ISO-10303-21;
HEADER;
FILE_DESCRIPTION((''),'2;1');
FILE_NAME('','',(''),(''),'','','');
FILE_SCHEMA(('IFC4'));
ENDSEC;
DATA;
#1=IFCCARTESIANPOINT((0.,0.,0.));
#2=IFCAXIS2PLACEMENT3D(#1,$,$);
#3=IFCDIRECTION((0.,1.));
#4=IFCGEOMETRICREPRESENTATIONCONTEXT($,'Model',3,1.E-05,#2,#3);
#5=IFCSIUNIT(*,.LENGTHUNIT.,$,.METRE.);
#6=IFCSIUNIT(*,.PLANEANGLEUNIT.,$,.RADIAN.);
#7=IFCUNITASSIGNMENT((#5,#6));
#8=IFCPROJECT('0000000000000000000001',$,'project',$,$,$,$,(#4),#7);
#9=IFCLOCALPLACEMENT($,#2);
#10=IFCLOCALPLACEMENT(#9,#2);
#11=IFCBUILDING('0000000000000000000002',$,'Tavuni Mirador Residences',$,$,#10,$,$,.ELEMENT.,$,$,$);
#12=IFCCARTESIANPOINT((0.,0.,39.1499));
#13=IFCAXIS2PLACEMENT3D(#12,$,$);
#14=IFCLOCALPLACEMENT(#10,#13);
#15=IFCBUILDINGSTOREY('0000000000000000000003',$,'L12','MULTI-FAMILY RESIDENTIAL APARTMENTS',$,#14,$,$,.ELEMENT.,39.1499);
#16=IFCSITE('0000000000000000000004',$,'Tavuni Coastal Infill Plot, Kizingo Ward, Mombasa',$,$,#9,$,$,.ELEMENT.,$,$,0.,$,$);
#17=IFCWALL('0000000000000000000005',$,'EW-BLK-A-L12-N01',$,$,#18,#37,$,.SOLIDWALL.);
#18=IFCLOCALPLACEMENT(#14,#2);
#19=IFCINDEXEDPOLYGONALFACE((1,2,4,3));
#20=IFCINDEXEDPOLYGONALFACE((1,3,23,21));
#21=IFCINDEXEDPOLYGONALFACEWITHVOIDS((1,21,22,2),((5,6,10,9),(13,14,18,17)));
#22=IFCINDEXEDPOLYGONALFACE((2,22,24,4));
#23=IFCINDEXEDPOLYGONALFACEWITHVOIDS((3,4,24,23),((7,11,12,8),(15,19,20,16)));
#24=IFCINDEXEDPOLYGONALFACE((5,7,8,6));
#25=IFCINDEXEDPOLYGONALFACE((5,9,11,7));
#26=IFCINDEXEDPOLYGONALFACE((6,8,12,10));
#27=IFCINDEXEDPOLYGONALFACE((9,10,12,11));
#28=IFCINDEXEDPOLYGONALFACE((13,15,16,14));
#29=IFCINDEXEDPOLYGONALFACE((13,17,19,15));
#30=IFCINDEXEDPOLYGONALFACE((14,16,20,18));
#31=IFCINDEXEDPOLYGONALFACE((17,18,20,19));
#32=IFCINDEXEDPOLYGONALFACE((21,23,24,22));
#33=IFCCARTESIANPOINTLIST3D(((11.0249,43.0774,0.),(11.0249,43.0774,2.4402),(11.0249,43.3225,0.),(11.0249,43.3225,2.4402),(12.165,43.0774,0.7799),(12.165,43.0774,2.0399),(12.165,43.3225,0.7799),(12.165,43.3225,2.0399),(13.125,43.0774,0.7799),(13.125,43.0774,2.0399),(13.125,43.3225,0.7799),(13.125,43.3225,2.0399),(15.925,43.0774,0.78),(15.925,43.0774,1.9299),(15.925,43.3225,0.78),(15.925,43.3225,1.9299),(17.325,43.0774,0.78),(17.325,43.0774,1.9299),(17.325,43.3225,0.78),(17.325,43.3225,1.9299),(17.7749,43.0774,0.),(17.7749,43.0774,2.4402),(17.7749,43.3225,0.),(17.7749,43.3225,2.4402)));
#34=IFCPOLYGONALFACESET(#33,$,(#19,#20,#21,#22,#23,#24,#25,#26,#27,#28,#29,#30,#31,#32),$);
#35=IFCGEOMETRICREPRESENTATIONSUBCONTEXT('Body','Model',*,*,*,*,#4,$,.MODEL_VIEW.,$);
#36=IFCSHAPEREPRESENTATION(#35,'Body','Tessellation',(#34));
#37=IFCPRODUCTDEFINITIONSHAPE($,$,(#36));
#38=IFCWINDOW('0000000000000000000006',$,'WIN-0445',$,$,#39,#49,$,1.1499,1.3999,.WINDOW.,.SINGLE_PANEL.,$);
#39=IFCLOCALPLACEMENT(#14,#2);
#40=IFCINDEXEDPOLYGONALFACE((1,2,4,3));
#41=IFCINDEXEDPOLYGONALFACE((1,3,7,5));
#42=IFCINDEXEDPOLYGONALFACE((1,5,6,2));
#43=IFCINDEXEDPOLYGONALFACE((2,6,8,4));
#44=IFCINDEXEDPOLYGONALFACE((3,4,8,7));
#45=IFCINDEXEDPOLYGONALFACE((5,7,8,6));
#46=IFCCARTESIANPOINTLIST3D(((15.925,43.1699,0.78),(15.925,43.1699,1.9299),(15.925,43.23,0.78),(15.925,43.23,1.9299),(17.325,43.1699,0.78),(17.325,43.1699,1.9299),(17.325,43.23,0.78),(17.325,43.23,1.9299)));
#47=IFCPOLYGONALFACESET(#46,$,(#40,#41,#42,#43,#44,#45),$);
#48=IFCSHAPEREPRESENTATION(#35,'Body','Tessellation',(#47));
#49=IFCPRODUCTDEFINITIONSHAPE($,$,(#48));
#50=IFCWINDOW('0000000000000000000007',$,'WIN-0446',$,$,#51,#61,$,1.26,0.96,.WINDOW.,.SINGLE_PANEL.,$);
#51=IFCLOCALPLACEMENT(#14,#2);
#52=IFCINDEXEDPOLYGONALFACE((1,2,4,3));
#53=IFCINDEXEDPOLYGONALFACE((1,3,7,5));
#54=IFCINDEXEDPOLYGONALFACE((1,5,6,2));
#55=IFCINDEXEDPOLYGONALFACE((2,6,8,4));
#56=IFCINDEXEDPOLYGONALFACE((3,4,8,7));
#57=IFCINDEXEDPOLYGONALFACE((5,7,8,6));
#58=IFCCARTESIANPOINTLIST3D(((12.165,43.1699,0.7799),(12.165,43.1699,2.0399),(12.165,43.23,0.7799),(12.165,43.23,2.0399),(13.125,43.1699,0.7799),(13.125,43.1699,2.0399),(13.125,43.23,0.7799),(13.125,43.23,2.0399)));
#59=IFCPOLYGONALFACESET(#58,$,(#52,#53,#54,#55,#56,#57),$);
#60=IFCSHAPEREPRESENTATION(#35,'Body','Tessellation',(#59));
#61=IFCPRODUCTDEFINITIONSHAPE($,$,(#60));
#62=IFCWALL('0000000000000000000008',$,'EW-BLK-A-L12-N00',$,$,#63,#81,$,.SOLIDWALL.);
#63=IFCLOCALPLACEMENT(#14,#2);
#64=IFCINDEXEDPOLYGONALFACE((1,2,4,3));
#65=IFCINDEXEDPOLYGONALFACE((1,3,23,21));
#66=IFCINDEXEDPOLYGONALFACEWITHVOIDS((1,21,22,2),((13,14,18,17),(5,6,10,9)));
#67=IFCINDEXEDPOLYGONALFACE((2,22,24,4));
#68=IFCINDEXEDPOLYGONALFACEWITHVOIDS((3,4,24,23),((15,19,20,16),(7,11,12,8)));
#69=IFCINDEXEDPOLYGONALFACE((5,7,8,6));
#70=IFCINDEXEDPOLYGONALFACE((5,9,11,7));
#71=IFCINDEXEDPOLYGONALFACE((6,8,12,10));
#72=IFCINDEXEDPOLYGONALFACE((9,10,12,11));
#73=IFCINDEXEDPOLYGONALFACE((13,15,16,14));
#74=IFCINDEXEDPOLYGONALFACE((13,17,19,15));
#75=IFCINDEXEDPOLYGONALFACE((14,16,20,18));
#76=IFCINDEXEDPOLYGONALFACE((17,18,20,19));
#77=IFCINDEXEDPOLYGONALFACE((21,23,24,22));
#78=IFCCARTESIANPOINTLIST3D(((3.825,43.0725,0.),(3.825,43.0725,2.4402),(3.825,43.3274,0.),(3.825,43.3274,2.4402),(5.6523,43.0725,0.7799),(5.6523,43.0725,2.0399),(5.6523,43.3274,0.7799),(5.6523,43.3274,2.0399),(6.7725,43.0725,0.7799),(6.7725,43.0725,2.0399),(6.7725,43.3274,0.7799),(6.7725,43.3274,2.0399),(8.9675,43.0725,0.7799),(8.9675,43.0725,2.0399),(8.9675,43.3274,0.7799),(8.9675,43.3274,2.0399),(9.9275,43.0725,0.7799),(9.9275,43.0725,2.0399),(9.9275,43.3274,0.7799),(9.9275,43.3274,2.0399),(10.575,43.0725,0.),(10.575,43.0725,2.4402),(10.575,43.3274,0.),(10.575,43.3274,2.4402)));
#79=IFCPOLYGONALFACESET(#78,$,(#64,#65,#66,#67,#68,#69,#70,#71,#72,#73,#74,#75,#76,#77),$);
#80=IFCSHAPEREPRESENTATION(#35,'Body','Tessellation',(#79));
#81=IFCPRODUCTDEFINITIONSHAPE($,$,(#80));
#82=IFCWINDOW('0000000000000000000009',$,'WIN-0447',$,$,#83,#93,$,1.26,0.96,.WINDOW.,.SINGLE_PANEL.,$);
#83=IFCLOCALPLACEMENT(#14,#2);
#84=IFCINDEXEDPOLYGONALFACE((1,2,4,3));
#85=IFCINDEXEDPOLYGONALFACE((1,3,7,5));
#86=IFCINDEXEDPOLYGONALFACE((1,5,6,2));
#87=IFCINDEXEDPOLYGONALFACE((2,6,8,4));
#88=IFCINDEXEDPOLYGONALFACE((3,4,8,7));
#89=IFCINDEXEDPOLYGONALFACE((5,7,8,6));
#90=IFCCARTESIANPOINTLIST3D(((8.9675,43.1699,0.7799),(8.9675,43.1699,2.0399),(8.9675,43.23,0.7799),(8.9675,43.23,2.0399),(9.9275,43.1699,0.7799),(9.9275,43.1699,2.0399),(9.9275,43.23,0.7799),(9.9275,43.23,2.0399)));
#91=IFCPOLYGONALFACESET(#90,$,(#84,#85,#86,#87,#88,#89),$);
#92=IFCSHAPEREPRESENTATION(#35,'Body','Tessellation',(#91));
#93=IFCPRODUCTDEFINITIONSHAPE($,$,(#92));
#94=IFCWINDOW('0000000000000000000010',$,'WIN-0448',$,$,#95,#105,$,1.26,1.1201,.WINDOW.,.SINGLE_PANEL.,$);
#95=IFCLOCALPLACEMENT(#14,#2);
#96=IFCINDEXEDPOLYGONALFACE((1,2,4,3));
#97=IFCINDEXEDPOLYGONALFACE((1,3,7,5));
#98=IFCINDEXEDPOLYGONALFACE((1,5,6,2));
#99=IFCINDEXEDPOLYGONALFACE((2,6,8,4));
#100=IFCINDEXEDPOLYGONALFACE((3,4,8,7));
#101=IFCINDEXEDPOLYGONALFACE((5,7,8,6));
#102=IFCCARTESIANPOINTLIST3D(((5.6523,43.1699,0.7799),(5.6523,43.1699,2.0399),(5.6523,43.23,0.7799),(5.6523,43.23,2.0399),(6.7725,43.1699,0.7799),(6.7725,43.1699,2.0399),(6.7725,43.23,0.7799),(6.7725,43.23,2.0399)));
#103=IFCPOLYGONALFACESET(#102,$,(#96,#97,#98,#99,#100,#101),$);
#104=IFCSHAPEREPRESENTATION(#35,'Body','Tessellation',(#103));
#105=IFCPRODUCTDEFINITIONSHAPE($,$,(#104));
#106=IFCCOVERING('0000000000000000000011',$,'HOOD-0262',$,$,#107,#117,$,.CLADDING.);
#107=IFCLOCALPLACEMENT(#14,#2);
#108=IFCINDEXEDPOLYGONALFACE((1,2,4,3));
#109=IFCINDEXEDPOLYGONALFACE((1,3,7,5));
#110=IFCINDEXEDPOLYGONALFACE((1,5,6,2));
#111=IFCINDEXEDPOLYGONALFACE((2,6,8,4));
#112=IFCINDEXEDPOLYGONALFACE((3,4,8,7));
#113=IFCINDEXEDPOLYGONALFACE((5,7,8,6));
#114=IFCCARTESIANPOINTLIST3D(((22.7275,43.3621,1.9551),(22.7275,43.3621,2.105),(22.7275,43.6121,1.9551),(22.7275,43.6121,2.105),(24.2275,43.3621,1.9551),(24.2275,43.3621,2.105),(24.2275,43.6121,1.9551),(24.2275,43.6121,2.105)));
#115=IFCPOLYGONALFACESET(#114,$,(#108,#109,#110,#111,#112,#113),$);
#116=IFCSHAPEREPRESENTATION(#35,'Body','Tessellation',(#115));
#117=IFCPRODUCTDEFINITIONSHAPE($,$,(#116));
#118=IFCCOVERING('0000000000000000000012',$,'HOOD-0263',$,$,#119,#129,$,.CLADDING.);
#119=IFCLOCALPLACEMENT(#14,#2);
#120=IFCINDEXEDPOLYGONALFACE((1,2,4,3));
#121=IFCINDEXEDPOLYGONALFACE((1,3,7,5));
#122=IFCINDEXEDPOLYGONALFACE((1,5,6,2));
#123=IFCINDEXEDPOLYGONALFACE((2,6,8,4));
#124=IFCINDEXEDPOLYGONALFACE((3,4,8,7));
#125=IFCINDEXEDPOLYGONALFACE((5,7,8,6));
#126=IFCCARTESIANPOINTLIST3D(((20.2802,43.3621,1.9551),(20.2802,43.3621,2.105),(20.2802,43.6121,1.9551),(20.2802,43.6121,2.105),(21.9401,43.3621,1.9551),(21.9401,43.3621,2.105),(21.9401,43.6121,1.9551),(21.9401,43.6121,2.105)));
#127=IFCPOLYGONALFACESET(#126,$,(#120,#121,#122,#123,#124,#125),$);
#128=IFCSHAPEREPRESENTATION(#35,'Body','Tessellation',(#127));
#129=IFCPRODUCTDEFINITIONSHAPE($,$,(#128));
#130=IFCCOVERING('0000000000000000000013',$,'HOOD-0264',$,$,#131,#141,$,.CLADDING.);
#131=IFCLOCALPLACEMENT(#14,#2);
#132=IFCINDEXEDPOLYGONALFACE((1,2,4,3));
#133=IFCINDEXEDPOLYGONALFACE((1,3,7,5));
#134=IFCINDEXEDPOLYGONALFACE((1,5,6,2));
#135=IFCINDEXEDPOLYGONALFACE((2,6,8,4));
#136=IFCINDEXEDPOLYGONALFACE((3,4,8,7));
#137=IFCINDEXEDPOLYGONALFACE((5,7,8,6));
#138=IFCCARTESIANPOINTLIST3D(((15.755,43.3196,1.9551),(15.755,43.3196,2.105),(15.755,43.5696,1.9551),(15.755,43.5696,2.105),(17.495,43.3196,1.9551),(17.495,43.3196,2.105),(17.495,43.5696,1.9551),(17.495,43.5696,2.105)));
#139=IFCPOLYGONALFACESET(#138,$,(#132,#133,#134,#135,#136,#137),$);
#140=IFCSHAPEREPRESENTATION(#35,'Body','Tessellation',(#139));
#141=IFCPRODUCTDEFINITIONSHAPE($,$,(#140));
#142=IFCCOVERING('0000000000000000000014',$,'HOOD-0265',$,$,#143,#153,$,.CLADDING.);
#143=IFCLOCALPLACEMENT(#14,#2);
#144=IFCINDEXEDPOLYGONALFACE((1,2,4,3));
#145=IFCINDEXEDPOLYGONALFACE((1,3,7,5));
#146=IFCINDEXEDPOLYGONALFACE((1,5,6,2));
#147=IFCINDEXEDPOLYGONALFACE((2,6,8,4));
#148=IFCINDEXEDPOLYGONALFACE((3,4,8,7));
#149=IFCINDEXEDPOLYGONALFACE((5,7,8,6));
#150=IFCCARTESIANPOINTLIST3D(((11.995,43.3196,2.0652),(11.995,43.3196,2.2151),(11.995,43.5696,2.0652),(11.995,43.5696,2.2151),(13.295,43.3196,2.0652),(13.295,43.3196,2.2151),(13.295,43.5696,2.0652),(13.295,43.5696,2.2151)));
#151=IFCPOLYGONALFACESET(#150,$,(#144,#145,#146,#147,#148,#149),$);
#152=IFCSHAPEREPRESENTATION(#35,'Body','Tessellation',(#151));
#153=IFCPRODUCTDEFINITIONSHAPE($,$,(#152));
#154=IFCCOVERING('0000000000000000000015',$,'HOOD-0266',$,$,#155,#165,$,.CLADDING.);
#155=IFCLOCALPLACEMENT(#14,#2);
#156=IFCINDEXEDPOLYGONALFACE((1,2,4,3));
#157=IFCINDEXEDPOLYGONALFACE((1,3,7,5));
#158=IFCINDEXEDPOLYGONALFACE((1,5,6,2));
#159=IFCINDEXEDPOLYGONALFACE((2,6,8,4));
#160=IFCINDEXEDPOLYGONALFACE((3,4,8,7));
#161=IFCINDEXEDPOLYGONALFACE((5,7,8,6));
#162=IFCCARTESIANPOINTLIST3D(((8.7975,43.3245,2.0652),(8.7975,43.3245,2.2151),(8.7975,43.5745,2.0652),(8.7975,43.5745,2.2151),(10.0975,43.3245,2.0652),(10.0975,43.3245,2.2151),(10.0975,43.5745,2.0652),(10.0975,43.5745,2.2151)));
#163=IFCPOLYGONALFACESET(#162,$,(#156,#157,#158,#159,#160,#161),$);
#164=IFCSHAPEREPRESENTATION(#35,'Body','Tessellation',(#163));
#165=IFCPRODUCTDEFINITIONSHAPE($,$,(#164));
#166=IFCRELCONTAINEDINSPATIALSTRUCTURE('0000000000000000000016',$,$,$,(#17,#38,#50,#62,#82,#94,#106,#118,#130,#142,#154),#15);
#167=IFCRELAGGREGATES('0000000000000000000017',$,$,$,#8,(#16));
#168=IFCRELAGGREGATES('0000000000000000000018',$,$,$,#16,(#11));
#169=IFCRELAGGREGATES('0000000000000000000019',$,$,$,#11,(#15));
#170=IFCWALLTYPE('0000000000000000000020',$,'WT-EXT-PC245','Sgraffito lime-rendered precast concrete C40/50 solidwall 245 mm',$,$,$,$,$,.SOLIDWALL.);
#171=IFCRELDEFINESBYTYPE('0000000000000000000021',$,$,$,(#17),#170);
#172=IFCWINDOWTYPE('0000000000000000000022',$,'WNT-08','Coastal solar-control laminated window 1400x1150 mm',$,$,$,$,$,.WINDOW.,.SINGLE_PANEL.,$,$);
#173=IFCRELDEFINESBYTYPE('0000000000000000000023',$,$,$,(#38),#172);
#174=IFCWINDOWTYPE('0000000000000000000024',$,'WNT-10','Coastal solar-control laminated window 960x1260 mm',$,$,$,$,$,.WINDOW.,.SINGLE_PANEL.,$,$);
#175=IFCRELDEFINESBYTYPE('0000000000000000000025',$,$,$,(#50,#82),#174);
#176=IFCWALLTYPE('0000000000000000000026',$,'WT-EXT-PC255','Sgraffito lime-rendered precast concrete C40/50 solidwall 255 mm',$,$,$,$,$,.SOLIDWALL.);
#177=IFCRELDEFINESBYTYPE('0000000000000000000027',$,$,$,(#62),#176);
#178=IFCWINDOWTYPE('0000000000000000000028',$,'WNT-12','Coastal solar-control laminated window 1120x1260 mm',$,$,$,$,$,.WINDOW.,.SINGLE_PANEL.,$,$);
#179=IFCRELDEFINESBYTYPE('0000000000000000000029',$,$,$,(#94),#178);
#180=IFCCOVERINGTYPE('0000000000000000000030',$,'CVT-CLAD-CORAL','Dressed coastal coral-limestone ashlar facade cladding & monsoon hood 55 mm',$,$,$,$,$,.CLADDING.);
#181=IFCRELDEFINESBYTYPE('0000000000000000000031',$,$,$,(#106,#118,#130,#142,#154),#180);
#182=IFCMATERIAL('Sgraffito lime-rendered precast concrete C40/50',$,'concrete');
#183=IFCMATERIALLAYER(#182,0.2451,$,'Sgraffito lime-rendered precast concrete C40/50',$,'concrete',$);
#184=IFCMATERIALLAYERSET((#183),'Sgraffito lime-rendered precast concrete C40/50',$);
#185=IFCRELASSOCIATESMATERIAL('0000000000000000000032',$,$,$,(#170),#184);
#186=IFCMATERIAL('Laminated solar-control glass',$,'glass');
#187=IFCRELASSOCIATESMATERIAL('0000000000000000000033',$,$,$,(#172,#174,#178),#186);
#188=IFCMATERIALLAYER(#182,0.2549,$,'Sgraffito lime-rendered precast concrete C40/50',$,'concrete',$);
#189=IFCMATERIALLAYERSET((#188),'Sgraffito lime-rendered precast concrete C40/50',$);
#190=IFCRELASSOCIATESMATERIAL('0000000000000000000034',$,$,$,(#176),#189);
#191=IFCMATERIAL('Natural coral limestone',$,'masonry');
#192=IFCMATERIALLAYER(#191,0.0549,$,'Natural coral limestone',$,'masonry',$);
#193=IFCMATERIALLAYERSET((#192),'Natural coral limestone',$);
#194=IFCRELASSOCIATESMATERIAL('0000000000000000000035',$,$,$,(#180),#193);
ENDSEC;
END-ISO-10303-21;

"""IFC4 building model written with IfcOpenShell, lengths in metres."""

from ifc_helpers import new_model, si_unit, direction, frame, frame_2d, origin, origin_2d, place, context, subcontext, project, spatial, rectangle, extrude, material, layer, layer_set, type_object, element, fill, save


model = new_model("IFC4")

# Units and contexts
model_context = context("Model", 3, precision=1e-05, world=origin(), true_north=direction((0.0, 1.0)))
body_context = subcontext(model_context, "Body", "Model", "MODEL_VIEW")
ifc_project = project(units=[si_unit("LENGTHUNIT", "METRE"), si_unit("PLANEANGLEUNIT", "RADIAN")], contexts=[model_context])

# Site, building, storey
site_placement = place(None, origin())
site = spatial("IfcSite", under=ifc_project, at=site_placement, Name="Tavuni Coastal Infill Plot, Kizingo Ward, Mombasa", CompositionType="ELEMENT", RefElevation=0.0)
building_placement = place(site_placement, origin())
building = spatial("IfcBuilding", under=site, at=building_placement, Name="Tavuni Mirador Residences", CompositionType="ELEMENT")
storey_placement = place(building_placement, frame((0.0, 0.0, 39.1499)))
storey = spatial("IfcBuildingStorey", under=building, at=storey_placement, Name="L12", Description="MULTI-FAMILY RESIDENTIAL APARTMENTS", CompositionType="ELEMENT", Elevation=39.1499)

# Walls, openings, windows
ifc_material_1 = material(Name="Laminated solar-control glass", Category="glass")
ifc_material_2 = material(Name="Sgraffito lime-rendered precast concrete C40/50", Category="concrete")
ifc_layer_1 = layer(ifc_material_2, 0.2451, Name="Sgraffito lime-rendered precast concrete C40/50", Category="concrete")
ifc_layer_set_1 = layer_set([ifc_layer_1], Name="Sgraffito lime-rendered precast concrete C40/50")
wall_type_1 = type_object("IfcWallType", Name="WT-EXT-PC245", Description="Sgraffito lime-rendered precast concrete C40/50 solidwall 245 mm", PredefinedType="SOLIDWALL", material=ifc_layer_set_1)
wall_1_placement = place(storey_placement, frame((17.7749, 43.2, 0.0), z_axis=(0.0, 0.0, 1.0), x_axis=(-1.0, 0.0, 0.0)))
wall_1 = element("IfcWall", 1, at=wall_1_placement, inside=storey, type_object=wall_type_1, Name="EW-BLK-A-L12-N01", PredefinedType="SOLIDWALL", context=body_context, shape_type="SweptSolid", body=[
    extrude(rectangle(XDim=6.75, YDim=0.2451, at=frame_2d((3.375, 0.0))), origin(), (0.0, 0.0, 1.0), 2.4402),
])
opening_1_placement = place(wall_1_placement, frame((0.45, 0.0, 0.78)))
opening_1 = element("IfcOpeningElement", 2, at=opening_1_placement, cuts=wall_1, PredefinedType="OPENING", context=body_context, shape_type="SweptSolid", body=[
    extrude(rectangle(XDim=1.3999, YDim=1.1499, at=frame_2d((0.7, 0.575))), frame((0.0, 0.1326, 0.0), z_axis=(0.0, -1.0, 0.0), x_axis=(1.0, 0.0, 0.0)), (0.0, 0.0, 1.0), 0.2651),
])
opening_2_placement = place(wall_1_placement, frame((4.6499, 0.0, 0.78)))
opening_2 = element("IfcOpeningElement", 3, at=opening_2_placement, cuts=wall_1, PredefinedType="OPENING", context=body_context, shape_type="SweptSolid", body=[
    extrude(rectangle(XDim=0.96, YDim=1.26, at=frame_2d((0.48, 0.6299))), frame((0.0, 0.1326, 0.0), z_axis=(0.0, -1.0, 0.0), x_axis=(1.0, 0.0, 0.0)), (0.0, 0.0, 1.0), 0.2651),
])
window_type_1 = type_object("IfcWindowType", Name="WNT-08", Description="Coastal solar-control laminated window 1400x1150 mm", PartitioningType="SINGLE_PANEL", PredefinedType="WINDOW", material=ifc_material_1)
window_1_placement = place(opening_1_placement, origin())
window_1 = element("IfcWindow", 4, at=window_1_placement, inside=storey, type_object=window_type_1, Name="WIN-0445", OverallHeight=1.1499, OverallWidth=1.3999, PartitioningType="SINGLE_PANEL", PredefinedType="WINDOW", context=body_context, shape_type="SweptSolid", body=[
    extrude(rectangle(XDim=1.3999, YDim=1.1499, at=frame_2d((0.7, 0.575))), frame((0.0, 0.03, 0.0), z_axis=(0.0, -1.0, 0.0), x_axis=(1.0, 0.0, 0.0)), (0.0, 0.0, 1.0), 0.0601),
])
fill(opening_1, window_1)
window_type_2 = type_object("IfcWindowType", Name="WNT-10", Description="Coastal solar-control laminated window 960x1260 mm", PartitioningType="SINGLE_PANEL", PredefinedType="WINDOW", material=ifc_material_1)
window_2_placement = place(opening_2_placement, origin())
window_2 = element("IfcWindow", 5, at=window_2_placement, inside=storey, type_object=window_type_2, Name="WIN-0446", OverallHeight=1.26, OverallWidth=0.96, PartitioningType="SINGLE_PANEL", PredefinedType="WINDOW", context=body_context, shape_type="SweptSolid", body=[
    extrude(rectangle(XDim=0.96, YDim=1.26, at=frame_2d((0.48, 0.6299))), frame((0.0, 0.03, 0.0), z_axis=(0.0, -1.0, 0.0), x_axis=(1.0, 0.0, 0.0)), (0.0, 0.0, 1.0), 0.0601),
])
fill(opening_2, window_2)
ifc_layer_2 = layer(ifc_material_2, 0.2549, Name="Sgraffito lime-rendered precast concrete C40/50", Category="concrete")
ifc_layer_set_2 = layer_set([ifc_layer_2], Name="Sgraffito lime-rendered precast concrete C40/50")
wall_type_2 = type_object("IfcWallType", Name="WT-EXT-PC255", Description="Sgraffito lime-rendered precast concrete C40/50 solidwall 255 mm", PredefinedType="SOLIDWALL", material=ifc_layer_set_2)
wall_2_placement = place(storey_placement, frame((10.575, 43.2, 0.0), z_axis=(0.0, 0.0, 1.0), x_axis=(-1.0, 0.0, 0.0)))
wall_2 = element("IfcWall", 6, at=wall_2_placement, inside=storey, type_object=wall_type_2, Name="EW-BLK-A-L12-N00", PredefinedType="SOLIDWALL", context=body_context, shape_type="SweptSolid", body=[
    extrude(rectangle(XDim=6.75, YDim=0.2549, at=frame_2d((3.375, 0.0))), origin(), (0.0, 0.0, 1.0), 2.4402),
])
opening_3_placement = place(wall_2_placement, frame((0.6475, 0.0, 0.78)))
opening_3 = element("IfcOpeningElement", 7, at=opening_3_placement, cuts=wall_2, PredefinedType="OPENING", context=body_context, shape_type="SweptSolid", body=[
    extrude(rectangle(XDim=0.96, YDim=1.26, at=frame_2d((0.48, 0.6299))), frame((0.0, 0.1375, 0.0), z_axis=(0.0, -1.0, 0.0), x_axis=(1.0, 0.0, 0.0)), (0.0, 0.0, 1.0), 0.2749),
])
opening_4_placement = place(wall_2_placement, frame((3.8025, 0.0, 0.78)))
opening_4 = element("IfcOpeningElement", 8, at=opening_4_placement, cuts=wall_2, PredefinedType="OPENING", context=body_context, shape_type="SweptSolid", body=[
    extrude(rectangle(XDim=1.1201, YDim=1.26, at=frame_2d((0.5601, 0.6299))), frame((0.0, 0.1375, 0.0), z_axis=(0.0, -1.0, 0.0), x_axis=(1.0, 0.0, 0.0)), (0.0, 0.0, 1.0), 0.2749),
])
window_3_placement = place(opening_3_placement, origin())
window_3 = element("IfcWindow", 9, at=window_3_placement, inside=storey, type_object=window_type_2, Name="WIN-0447", OverallHeight=1.26, OverallWidth=0.96, PartitioningType="SINGLE_PANEL", PredefinedType="WINDOW", context=body_context, shape_type="SweptSolid", body=[
    extrude(rectangle(XDim=0.96, YDim=1.26, at=frame_2d((0.48, 0.6299))), frame((0.0, 0.03, 0.0), z_axis=(0.0, -1.0, 0.0), x_axis=(1.0, 0.0, 0.0)), (0.0, 0.0, 1.0), 0.0601),
])
fill(opening_3, window_3)
window_type_3 = type_object("IfcWindowType", Name="WNT-12", Description="Coastal solar-control laminated window 1120x1260 mm", PartitioningType="SINGLE_PANEL", PredefinedType="WINDOW", material=ifc_material_1)
window_4_placement = place(opening_4_placement, origin())
window_4 = element("IfcWindow", 10, at=window_4_placement, inside=storey, type_object=window_type_3, Name="WIN-0448", OverallHeight=1.26, OverallWidth=1.1201, PartitioningType="SINGLE_PANEL", PredefinedType="WINDOW", context=body_context, shape_type="SweptSolid", body=[
    extrude(rectangle(XDim=1.1201, YDim=1.26, at=frame_2d((0.5601, 0.6299))), frame((0.0, 0.03, 0.0), z_axis=(0.0, -1.0, 0.0), x_axis=(1.0, 0.0, 0.0)), (0.0, 0.0, 1.0), 0.0601),
])
fill(opening_4, window_4)

# Coverings
ifc_material_3 = material(Name="Natural coral limestone", Category="masonry")
ifc_layer_3 = layer(ifc_material_3, 0.0549, Name="Natural coral limestone", Category="masonry")
ifc_layer_set_3 = layer_set([ifc_layer_3], Name="Natural coral limestone")
covering_type = type_object("IfcCoveringType", Name="CVT-CLAD-CORAL", Description="Dressed coastal coral-limestone ashlar facade cladding & monsoon hood 55 mm", PredefinedType="CLADDING", material=ifc_layer_set_3)
covering_1_placement = place(storey_placement, frame((23.4775, 43.4871, 1.9551), z_axis=(0.0, 0.0, 1.0), x_axis=(-1.0, 0.0, 0.0)))
element("IfcCovering", 11, at=covering_1_placement, inside=storey, type_object=covering_type, Name="HOOD-0262", PredefinedType="CLADDING", context=body_context, shape_type="SweptSolid", body=[
    extrude(rectangle(XDim=1.5, YDim=0.25, at=origin_2d()), origin(), (0.0, 0.0, 1.0), 0.1499),
])
covering_2_placement = place(storey_placement, frame((21.1101, 43.4871, 1.9551), z_axis=(0.0, 0.0, 1.0), x_axis=(-1.0, 0.0, 0.0)))
element("IfcCovering", 12, at=covering_2_placement, inside=storey, type_object=covering_type, Name="HOOD-0263", PredefinedType="CLADDING", context=body_context, shape_type="SweptSolid", body=[
    extrude(rectangle(XDim=1.6599, YDim=0.25, at=origin_2d()), origin(), (0.0, 0.0, 1.0), 0.1499),
])
covering_3_placement = place(storey_placement, frame((16.625, 43.4446, 1.9551), z_axis=(0.0, 0.0, 1.0), x_axis=(-1.0, 0.0, 0.0)))
element("IfcCovering", 13, at=covering_3_placement, inside=storey, type_object=covering_type, Name="HOOD-0264", PredefinedType="CLADDING", context=body_context, shape_type="SweptSolid", body=[
    extrude(rectangle(XDim=1.74, YDim=0.25, at=origin_2d()), origin(), (0.0, 0.0, 1.0), 0.1499),
])
for number, where, z_axis, x_axis, name in (
    (14, (12.645, 43.4446, 2.0652), (0.0, 0.0, 1.0), (-1.0, 0.0, 0.0), "HOOD-0265"),
    (15, (9.4475, 43.4495, 2.0652), (0.0, 0.0, 1.0), (-1.0, 0.0, 0.0), "HOOD-0266"),
):
    element("IfcCovering", number, at=place(storey_placement, frame(where, z_axis=z_axis, x_axis=x_axis)), inside=storey, type_object=covering_type, Name=name, PredefinedType="CLADDING", context=body_context, shape_type="SweptSolid", body=[
        extrude(rectangle(XDim=1.3, YDim=0.25, at=origin_2d()), origin(), (0.0, 0.0, 1.0), 0.1499),
    ])

save(model, "model.ifc")
